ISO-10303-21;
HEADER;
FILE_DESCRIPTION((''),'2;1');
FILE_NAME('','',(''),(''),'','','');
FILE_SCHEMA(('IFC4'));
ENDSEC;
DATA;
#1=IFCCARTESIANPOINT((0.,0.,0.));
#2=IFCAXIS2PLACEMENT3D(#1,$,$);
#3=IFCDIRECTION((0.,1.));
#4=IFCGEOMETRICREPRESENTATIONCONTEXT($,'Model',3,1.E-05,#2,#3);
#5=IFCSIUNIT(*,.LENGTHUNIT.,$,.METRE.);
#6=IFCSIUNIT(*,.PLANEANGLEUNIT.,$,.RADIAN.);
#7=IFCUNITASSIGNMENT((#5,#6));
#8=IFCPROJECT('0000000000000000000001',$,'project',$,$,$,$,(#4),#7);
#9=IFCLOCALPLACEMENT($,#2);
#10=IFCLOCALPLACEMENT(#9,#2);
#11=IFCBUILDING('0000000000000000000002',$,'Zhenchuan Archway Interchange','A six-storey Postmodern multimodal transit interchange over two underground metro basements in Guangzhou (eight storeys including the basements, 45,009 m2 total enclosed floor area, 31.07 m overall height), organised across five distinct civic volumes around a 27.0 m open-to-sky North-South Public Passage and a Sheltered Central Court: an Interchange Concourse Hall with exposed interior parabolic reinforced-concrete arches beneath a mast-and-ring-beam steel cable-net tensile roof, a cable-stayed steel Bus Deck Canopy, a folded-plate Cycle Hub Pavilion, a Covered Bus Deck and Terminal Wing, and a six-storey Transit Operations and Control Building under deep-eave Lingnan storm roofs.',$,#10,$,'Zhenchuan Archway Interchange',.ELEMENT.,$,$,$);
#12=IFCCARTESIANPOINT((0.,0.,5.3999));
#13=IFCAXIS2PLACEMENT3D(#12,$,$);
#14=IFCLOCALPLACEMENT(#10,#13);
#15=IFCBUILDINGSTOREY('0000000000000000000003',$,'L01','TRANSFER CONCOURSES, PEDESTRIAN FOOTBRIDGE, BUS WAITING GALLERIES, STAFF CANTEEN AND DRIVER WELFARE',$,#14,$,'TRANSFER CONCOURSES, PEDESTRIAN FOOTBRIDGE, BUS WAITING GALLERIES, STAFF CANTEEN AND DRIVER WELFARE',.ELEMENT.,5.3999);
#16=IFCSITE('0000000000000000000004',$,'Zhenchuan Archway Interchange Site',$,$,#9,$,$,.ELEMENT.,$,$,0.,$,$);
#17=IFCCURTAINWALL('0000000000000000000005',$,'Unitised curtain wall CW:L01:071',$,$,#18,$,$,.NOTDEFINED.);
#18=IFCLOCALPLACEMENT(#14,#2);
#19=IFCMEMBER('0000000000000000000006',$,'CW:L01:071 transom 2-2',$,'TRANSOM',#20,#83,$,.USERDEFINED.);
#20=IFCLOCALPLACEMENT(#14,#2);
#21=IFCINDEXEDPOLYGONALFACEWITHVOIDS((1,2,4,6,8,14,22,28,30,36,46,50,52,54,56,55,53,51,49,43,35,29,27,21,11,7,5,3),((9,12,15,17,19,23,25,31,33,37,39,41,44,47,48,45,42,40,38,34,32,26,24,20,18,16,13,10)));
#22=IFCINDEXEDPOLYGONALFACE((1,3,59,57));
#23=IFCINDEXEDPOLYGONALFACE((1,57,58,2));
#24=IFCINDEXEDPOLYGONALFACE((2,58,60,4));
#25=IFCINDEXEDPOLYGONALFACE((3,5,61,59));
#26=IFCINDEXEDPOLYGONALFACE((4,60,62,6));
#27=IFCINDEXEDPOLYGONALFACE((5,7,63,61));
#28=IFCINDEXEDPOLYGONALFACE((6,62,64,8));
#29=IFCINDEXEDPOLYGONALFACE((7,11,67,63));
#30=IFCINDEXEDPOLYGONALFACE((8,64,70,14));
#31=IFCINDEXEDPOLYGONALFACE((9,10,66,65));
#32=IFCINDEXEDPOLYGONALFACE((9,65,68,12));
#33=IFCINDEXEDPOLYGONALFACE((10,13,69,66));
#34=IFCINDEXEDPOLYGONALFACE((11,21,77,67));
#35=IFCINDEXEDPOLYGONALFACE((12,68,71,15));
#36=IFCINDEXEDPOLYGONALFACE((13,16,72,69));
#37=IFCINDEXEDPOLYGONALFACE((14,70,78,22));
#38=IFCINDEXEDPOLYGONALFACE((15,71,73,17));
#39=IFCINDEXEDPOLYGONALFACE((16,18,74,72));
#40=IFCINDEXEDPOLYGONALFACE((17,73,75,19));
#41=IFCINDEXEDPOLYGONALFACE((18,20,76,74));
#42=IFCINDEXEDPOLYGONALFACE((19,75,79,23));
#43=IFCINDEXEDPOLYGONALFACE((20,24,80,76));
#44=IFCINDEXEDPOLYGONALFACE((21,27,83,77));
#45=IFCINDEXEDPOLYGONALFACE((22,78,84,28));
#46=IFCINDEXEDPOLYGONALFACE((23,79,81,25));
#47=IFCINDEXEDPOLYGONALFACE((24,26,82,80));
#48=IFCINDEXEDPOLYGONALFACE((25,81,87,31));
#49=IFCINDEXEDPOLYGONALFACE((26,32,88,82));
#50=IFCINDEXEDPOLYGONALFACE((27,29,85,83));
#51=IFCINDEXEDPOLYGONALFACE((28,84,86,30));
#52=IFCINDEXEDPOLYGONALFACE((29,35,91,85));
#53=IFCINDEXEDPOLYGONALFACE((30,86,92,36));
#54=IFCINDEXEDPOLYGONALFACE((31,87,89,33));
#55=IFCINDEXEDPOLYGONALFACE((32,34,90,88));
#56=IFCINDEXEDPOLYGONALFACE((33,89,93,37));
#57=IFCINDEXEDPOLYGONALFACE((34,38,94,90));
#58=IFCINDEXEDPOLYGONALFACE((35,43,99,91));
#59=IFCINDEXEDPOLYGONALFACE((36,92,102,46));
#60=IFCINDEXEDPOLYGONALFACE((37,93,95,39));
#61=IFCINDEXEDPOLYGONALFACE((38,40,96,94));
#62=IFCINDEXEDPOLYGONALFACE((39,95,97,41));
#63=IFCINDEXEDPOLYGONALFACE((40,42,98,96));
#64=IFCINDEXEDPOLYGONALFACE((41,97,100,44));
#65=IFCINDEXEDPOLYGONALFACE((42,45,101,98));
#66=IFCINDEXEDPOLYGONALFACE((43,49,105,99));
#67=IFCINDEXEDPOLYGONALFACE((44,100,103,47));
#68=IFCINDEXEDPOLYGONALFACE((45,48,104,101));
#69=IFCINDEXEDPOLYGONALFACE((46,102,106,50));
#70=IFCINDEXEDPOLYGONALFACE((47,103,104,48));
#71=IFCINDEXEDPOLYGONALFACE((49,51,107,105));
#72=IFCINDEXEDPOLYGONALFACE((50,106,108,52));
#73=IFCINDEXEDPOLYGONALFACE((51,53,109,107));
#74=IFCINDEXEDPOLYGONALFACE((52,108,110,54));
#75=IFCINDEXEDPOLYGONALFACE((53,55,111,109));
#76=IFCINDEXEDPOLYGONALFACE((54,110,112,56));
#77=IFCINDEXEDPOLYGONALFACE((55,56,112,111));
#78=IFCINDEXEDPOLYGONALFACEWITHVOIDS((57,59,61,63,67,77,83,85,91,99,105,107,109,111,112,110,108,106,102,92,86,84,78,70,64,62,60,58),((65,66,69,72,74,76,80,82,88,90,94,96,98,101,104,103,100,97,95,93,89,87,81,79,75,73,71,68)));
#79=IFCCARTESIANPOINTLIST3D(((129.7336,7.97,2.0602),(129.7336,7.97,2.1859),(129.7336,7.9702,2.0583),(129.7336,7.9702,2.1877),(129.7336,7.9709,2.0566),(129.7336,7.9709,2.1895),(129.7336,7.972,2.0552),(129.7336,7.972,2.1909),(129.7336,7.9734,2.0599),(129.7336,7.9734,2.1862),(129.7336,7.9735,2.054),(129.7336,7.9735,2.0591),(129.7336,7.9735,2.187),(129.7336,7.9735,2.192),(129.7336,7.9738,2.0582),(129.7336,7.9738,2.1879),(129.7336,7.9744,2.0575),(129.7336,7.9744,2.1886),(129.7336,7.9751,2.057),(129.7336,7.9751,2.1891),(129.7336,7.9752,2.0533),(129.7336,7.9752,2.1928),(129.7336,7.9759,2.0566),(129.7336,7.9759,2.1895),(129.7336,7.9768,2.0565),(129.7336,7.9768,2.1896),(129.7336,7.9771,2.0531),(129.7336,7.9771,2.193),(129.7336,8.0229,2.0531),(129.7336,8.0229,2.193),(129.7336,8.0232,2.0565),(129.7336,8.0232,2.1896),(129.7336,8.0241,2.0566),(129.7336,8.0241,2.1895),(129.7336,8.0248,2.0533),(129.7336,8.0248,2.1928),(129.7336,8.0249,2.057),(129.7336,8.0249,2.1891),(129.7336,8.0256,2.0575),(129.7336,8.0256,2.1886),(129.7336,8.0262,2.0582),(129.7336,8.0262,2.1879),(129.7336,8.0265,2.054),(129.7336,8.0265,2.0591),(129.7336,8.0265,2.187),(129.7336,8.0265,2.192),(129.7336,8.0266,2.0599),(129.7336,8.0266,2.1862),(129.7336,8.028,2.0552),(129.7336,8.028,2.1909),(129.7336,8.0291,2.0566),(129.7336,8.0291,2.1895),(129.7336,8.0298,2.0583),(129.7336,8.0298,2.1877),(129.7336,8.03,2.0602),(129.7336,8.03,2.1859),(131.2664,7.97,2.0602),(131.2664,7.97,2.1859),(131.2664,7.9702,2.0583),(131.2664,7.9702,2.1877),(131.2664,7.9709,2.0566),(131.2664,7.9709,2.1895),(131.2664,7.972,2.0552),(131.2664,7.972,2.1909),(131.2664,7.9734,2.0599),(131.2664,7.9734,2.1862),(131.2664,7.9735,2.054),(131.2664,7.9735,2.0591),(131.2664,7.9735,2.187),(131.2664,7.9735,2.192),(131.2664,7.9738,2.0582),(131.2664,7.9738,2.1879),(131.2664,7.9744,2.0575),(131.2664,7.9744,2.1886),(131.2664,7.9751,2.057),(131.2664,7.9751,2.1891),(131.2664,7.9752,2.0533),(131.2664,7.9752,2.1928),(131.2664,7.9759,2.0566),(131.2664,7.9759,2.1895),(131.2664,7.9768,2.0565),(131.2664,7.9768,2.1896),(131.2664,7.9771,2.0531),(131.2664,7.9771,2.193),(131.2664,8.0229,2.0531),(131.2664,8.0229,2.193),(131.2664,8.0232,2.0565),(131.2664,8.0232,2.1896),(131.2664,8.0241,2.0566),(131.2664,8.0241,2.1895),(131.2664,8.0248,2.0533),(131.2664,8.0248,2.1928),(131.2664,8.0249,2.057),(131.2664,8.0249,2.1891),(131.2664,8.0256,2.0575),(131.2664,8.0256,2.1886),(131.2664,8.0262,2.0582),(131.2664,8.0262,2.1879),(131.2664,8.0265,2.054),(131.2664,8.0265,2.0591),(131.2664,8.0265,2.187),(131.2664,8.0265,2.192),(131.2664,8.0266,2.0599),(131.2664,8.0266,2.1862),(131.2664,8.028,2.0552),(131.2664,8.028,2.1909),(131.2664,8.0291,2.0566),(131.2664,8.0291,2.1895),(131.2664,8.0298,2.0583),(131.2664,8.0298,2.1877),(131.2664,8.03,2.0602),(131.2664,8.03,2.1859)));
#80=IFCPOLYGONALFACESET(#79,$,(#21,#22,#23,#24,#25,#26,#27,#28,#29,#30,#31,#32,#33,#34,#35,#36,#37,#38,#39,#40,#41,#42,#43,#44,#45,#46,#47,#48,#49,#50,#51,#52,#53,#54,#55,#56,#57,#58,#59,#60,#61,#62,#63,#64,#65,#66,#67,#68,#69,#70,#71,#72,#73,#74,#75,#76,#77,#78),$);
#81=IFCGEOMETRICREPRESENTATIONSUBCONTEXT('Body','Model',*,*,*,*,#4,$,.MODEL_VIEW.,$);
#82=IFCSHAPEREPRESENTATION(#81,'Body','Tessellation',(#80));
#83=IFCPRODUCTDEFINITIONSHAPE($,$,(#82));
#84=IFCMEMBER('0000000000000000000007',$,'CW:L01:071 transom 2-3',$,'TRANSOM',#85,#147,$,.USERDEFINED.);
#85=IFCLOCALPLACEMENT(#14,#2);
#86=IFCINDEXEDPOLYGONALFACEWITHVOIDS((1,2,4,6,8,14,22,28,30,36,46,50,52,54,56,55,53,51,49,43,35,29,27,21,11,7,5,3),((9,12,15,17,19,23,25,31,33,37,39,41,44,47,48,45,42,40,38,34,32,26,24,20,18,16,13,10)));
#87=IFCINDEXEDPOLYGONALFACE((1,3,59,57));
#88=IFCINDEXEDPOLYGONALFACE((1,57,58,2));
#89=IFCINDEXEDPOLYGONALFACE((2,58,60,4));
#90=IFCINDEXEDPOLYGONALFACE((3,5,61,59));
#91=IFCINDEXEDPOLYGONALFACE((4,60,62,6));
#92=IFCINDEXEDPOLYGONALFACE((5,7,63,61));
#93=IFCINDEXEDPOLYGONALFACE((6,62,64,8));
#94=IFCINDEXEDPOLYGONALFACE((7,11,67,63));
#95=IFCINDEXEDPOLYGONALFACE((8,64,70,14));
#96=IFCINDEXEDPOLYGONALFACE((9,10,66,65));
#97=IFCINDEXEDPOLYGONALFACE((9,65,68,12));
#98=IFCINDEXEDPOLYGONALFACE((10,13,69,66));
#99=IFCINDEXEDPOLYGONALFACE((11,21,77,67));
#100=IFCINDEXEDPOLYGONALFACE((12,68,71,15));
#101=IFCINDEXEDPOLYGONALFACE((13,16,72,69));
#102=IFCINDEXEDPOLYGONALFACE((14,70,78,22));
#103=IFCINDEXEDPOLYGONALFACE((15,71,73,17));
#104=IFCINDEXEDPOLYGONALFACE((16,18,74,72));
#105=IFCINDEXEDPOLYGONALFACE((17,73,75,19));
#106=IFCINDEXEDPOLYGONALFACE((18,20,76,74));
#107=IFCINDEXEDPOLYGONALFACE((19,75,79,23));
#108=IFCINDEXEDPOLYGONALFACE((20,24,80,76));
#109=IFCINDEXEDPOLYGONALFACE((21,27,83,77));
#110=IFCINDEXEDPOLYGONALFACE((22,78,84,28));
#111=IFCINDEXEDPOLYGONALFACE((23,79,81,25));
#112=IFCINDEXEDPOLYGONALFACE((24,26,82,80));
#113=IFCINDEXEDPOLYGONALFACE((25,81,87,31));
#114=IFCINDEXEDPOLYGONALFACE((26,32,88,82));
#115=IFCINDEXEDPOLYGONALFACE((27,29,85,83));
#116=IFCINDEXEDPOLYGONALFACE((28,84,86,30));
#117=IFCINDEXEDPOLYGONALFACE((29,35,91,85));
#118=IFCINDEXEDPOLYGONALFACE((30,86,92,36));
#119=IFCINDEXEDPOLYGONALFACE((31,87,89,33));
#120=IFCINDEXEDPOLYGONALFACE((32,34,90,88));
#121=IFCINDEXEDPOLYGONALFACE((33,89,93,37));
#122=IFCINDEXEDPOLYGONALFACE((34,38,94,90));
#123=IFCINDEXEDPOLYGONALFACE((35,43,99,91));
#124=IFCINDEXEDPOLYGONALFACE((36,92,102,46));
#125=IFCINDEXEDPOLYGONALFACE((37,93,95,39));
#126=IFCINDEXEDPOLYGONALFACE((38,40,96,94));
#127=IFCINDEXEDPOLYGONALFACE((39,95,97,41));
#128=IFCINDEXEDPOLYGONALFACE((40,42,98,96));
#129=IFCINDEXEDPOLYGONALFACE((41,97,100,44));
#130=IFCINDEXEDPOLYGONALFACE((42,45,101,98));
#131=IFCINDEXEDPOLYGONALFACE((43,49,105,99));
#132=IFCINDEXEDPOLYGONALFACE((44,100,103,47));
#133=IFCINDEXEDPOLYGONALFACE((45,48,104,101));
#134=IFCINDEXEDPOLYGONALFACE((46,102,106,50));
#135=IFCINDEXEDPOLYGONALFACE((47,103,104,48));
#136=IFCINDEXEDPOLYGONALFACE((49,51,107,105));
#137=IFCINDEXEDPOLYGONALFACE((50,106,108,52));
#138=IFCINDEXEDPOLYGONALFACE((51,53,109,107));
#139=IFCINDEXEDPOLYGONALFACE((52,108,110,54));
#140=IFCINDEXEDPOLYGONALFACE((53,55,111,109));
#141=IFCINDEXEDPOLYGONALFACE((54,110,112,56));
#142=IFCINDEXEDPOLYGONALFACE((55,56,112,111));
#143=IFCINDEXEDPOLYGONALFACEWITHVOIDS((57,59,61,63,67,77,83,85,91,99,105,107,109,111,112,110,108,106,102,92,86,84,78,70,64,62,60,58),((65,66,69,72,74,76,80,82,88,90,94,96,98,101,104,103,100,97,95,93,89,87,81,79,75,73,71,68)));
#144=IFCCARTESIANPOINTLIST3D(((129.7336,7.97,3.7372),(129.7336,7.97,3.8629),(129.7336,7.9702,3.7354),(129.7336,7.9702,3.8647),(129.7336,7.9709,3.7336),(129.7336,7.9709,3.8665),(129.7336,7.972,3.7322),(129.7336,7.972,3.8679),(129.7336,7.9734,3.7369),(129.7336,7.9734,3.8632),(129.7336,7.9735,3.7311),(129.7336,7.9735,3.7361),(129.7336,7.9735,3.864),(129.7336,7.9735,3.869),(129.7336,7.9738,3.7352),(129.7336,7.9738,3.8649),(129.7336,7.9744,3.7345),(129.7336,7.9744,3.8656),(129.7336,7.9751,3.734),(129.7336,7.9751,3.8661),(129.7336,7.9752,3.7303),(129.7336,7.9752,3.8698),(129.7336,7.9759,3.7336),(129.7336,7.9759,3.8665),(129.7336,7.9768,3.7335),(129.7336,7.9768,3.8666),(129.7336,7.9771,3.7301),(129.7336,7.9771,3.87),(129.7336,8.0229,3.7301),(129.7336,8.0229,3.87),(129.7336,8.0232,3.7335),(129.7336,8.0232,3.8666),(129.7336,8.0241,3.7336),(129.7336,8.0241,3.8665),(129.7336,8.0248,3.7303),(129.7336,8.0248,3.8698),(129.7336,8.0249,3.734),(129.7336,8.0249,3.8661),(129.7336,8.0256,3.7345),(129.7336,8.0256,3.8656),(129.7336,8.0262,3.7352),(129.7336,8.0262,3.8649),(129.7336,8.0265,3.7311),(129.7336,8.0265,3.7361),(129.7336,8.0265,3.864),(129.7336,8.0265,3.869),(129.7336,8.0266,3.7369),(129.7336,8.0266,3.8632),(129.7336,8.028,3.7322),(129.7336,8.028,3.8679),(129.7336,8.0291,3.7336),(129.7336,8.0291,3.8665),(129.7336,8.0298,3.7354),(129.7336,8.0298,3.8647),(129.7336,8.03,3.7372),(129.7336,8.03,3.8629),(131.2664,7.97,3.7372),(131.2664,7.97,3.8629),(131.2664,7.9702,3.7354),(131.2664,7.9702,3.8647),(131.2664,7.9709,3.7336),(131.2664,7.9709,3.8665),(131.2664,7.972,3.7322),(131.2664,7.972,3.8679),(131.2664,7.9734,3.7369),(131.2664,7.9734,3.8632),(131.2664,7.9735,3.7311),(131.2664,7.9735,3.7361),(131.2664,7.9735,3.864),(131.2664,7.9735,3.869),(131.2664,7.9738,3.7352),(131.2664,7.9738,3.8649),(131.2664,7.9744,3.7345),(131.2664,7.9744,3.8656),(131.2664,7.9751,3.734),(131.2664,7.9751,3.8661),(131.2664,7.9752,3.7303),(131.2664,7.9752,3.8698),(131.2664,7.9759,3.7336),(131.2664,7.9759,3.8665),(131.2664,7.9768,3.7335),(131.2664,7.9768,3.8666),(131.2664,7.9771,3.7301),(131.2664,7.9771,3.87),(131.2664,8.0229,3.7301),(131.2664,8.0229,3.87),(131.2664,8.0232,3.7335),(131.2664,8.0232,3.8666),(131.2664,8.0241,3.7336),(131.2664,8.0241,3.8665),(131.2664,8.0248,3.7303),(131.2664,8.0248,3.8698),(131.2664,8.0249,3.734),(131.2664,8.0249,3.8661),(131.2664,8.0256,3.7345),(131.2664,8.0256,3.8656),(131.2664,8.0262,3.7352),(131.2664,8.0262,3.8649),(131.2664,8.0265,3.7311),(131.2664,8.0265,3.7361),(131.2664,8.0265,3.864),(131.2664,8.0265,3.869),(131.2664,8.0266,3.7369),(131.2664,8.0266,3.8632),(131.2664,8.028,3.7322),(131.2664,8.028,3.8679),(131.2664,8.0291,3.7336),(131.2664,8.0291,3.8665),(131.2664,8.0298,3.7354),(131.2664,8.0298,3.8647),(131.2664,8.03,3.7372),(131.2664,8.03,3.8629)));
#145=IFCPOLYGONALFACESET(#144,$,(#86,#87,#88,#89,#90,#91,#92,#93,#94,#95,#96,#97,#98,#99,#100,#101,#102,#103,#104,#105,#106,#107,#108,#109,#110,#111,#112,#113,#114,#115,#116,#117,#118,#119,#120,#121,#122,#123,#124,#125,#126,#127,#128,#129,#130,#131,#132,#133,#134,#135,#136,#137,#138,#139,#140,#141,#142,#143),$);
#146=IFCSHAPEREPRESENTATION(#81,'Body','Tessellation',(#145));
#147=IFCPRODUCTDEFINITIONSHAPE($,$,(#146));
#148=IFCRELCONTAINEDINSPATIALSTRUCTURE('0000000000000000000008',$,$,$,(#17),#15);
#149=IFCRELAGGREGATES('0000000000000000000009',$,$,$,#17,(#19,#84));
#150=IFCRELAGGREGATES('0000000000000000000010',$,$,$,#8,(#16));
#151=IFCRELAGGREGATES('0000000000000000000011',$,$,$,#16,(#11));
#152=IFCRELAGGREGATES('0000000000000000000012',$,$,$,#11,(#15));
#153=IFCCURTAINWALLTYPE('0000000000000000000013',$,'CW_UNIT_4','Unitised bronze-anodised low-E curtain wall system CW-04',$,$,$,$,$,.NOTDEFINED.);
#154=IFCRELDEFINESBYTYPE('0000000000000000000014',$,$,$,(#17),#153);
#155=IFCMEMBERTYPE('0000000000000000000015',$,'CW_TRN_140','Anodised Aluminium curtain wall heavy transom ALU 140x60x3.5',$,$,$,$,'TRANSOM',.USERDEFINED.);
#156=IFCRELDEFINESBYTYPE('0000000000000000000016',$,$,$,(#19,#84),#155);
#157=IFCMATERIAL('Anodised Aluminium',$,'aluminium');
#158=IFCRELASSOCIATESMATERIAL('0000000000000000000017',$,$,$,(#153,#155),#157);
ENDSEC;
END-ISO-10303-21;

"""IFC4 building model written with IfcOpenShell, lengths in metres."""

from ifc_helpers import new_model, si_unit, direction, frame, origin, origin_2d, place, context, subcontext, project, spatial, hollow_rectangle, extrude, material, material_profile, profile_set, type_object, element, aggregate, save


model = new_model("IFC4")

# Units and contexts
model_context = context("Model", 3, precision=1e-05, world=origin(), true_north=direction((0.0, 1.0)))
body_context = subcontext(model_context, "Body", "Model", "MODEL_VIEW")
ifc_project = project(units=[si_unit("LENGTHUNIT", "METRE"), si_unit("PLANEANGLEUNIT", "RADIAN")], contexts=[model_context])

# Site, building, storey
site_placement = place(None, origin())
site = spatial("IfcSite", under=ifc_project, at=site_placement, Name="Zhenchuan Archway Interchange Site", CompositionType="ELEMENT", RefElevation=0.0)
building_placement = place(site_placement, origin())
building = spatial("IfcBuilding", under=site, at=building_placement, Name="Zhenchuan Archway Interchange", Description="A six-storey Postmodern multimodal transit interchange over two underground metro basements in Guangzhou (eight storeys including the basements, 45,009 m2 total enclosed floor area, 31.07 m overall height), organised across five distinct civic volumes around a 27.0 m open-to-sky North-South Public Passage and a Sheltered Central Court: an Interchange Concourse Hall with exposed interior parabolic reinforced-concrete arches beneath a mast-and-ring-beam steel cable-net tensile roof, a cable-stayed steel Bus Deck Canopy, a folded-plate Cycle Hub Pavilion, a Covered Bus Deck and Terminal Wing, and a six-storey Transit Operations and Control Building under deep-eave Lingnan storm roofs.", LongName="Zhenchuan Archway Interchange", CompositionType="ELEMENT")
storey_placement = place(building_placement, frame((0.0, 0.0, 5.3999)))
storey = spatial("IfcBuildingStorey", under=building, at=storey_placement, Name="L01", Description="TRANSFER CONCOURSES, PEDESTRIAN FOOTBRIDGE, BUS WAITING GALLERIES, STAFF CANTEEN AND DRIVER WELFARE", LongName="TRANSFER CONCOURSES, PEDESTRIAN FOOTBRIDGE, BUS WAITING GALLERIES, STAFF CANTEEN AND DRIVER WELFARE", CompositionType="ELEMENT", Elevation=5.3999)

# Curtain wall, members
ifc_material_1 = material(Name="Anodised Aluminium", Category="aluminium")
curtain_wall_type = type_object("IfcCurtainWallType", Name="CW_UNIT_4", Description="Unitised bronze-anodised low-E curtain wall system CW-04", PredefinedType="NOTDEFINED", material=ifc_material_1)
curtain_wall_placement = place(storey_placement, origin())
curtain_wall = element("IfcCurtainWall", 1, at=curtain_wall_placement, inside=storey, type_object=curtain_wall_type, Name="Unitised curtain wall CW:L01:071", PredefinedType="NOTDEFINED")
ifc_material_profile_1 = material_profile(ifc_material_1, hollow_rectangle(XDim=0.0601, YDim=0.1399, WallThickness=0.0034, InnerFilletRadius=0.0034, OuterFilletRadius=0.0071, at=origin_2d()), Name="ALU 140x60x3.5")
ifc_profile_set_1 = profile_set([ifc_material_profile_1], Name="Anodised Aluminium")
member_type_1 = type_object("IfcMemberType", Name="CW_TRN_140", Description="Anodised Aluminium curtain wall heavy transom ALU 140x60x3.5", ElementType="TRANSOM", PredefinedType="USERDEFINED", material=ifc_profile_set_1)
member_1_placement = place(storey_placement, frame((131.2664, 8.0, 2.123), z_axis=(-1.0, 0.0, 0.0), x_axis=(0.0, -1.0, 0.0)))
member_1 = element("IfcMember", 2, at=member_1_placement, type_object=member_type_1, Name="CW:L01:071 transom 2-2", ObjectType="TRANSOM", PredefinedType="USERDEFINED", context=body_context, shape_type="SweptSolid", body=[
    extrude(hollow_rectangle(XDim=0.0601, YDim=0.1399, WallThickness=0.0034, InnerFilletRadius=0.0034, OuterFilletRadius=0.0071, at=origin_2d()), origin(), (0.0, 0.0, 1.0), 1.5327),
])
member_2_placement = place(storey_placement, frame((131.2664, 8.0, 3.8), z_axis=(-1.0, 0.0, 0.0), x_axis=(0.0, -1.0, 0.0)))
member_2 = element("IfcMember", 3, at=member_2_placement, type_object=member_type_1, Name="CW:L01:071 transom 2-3", ObjectType="TRANSOM", PredefinedType="USERDEFINED", context=body_context, shape_type="SweptSolid", body=[
    extrude(hollow_rectangle(XDim=0.0601, YDim=0.1399, WallThickness=0.0034, InnerFilletRadius=0.0034, OuterFilletRadius=0.0071, at=origin_2d()), origin(), (0.0, 0.0, 1.0), 1.5327),
])

aggregate(curtain_wall, [member_1, member_2])

save(model, "model.ifc")
